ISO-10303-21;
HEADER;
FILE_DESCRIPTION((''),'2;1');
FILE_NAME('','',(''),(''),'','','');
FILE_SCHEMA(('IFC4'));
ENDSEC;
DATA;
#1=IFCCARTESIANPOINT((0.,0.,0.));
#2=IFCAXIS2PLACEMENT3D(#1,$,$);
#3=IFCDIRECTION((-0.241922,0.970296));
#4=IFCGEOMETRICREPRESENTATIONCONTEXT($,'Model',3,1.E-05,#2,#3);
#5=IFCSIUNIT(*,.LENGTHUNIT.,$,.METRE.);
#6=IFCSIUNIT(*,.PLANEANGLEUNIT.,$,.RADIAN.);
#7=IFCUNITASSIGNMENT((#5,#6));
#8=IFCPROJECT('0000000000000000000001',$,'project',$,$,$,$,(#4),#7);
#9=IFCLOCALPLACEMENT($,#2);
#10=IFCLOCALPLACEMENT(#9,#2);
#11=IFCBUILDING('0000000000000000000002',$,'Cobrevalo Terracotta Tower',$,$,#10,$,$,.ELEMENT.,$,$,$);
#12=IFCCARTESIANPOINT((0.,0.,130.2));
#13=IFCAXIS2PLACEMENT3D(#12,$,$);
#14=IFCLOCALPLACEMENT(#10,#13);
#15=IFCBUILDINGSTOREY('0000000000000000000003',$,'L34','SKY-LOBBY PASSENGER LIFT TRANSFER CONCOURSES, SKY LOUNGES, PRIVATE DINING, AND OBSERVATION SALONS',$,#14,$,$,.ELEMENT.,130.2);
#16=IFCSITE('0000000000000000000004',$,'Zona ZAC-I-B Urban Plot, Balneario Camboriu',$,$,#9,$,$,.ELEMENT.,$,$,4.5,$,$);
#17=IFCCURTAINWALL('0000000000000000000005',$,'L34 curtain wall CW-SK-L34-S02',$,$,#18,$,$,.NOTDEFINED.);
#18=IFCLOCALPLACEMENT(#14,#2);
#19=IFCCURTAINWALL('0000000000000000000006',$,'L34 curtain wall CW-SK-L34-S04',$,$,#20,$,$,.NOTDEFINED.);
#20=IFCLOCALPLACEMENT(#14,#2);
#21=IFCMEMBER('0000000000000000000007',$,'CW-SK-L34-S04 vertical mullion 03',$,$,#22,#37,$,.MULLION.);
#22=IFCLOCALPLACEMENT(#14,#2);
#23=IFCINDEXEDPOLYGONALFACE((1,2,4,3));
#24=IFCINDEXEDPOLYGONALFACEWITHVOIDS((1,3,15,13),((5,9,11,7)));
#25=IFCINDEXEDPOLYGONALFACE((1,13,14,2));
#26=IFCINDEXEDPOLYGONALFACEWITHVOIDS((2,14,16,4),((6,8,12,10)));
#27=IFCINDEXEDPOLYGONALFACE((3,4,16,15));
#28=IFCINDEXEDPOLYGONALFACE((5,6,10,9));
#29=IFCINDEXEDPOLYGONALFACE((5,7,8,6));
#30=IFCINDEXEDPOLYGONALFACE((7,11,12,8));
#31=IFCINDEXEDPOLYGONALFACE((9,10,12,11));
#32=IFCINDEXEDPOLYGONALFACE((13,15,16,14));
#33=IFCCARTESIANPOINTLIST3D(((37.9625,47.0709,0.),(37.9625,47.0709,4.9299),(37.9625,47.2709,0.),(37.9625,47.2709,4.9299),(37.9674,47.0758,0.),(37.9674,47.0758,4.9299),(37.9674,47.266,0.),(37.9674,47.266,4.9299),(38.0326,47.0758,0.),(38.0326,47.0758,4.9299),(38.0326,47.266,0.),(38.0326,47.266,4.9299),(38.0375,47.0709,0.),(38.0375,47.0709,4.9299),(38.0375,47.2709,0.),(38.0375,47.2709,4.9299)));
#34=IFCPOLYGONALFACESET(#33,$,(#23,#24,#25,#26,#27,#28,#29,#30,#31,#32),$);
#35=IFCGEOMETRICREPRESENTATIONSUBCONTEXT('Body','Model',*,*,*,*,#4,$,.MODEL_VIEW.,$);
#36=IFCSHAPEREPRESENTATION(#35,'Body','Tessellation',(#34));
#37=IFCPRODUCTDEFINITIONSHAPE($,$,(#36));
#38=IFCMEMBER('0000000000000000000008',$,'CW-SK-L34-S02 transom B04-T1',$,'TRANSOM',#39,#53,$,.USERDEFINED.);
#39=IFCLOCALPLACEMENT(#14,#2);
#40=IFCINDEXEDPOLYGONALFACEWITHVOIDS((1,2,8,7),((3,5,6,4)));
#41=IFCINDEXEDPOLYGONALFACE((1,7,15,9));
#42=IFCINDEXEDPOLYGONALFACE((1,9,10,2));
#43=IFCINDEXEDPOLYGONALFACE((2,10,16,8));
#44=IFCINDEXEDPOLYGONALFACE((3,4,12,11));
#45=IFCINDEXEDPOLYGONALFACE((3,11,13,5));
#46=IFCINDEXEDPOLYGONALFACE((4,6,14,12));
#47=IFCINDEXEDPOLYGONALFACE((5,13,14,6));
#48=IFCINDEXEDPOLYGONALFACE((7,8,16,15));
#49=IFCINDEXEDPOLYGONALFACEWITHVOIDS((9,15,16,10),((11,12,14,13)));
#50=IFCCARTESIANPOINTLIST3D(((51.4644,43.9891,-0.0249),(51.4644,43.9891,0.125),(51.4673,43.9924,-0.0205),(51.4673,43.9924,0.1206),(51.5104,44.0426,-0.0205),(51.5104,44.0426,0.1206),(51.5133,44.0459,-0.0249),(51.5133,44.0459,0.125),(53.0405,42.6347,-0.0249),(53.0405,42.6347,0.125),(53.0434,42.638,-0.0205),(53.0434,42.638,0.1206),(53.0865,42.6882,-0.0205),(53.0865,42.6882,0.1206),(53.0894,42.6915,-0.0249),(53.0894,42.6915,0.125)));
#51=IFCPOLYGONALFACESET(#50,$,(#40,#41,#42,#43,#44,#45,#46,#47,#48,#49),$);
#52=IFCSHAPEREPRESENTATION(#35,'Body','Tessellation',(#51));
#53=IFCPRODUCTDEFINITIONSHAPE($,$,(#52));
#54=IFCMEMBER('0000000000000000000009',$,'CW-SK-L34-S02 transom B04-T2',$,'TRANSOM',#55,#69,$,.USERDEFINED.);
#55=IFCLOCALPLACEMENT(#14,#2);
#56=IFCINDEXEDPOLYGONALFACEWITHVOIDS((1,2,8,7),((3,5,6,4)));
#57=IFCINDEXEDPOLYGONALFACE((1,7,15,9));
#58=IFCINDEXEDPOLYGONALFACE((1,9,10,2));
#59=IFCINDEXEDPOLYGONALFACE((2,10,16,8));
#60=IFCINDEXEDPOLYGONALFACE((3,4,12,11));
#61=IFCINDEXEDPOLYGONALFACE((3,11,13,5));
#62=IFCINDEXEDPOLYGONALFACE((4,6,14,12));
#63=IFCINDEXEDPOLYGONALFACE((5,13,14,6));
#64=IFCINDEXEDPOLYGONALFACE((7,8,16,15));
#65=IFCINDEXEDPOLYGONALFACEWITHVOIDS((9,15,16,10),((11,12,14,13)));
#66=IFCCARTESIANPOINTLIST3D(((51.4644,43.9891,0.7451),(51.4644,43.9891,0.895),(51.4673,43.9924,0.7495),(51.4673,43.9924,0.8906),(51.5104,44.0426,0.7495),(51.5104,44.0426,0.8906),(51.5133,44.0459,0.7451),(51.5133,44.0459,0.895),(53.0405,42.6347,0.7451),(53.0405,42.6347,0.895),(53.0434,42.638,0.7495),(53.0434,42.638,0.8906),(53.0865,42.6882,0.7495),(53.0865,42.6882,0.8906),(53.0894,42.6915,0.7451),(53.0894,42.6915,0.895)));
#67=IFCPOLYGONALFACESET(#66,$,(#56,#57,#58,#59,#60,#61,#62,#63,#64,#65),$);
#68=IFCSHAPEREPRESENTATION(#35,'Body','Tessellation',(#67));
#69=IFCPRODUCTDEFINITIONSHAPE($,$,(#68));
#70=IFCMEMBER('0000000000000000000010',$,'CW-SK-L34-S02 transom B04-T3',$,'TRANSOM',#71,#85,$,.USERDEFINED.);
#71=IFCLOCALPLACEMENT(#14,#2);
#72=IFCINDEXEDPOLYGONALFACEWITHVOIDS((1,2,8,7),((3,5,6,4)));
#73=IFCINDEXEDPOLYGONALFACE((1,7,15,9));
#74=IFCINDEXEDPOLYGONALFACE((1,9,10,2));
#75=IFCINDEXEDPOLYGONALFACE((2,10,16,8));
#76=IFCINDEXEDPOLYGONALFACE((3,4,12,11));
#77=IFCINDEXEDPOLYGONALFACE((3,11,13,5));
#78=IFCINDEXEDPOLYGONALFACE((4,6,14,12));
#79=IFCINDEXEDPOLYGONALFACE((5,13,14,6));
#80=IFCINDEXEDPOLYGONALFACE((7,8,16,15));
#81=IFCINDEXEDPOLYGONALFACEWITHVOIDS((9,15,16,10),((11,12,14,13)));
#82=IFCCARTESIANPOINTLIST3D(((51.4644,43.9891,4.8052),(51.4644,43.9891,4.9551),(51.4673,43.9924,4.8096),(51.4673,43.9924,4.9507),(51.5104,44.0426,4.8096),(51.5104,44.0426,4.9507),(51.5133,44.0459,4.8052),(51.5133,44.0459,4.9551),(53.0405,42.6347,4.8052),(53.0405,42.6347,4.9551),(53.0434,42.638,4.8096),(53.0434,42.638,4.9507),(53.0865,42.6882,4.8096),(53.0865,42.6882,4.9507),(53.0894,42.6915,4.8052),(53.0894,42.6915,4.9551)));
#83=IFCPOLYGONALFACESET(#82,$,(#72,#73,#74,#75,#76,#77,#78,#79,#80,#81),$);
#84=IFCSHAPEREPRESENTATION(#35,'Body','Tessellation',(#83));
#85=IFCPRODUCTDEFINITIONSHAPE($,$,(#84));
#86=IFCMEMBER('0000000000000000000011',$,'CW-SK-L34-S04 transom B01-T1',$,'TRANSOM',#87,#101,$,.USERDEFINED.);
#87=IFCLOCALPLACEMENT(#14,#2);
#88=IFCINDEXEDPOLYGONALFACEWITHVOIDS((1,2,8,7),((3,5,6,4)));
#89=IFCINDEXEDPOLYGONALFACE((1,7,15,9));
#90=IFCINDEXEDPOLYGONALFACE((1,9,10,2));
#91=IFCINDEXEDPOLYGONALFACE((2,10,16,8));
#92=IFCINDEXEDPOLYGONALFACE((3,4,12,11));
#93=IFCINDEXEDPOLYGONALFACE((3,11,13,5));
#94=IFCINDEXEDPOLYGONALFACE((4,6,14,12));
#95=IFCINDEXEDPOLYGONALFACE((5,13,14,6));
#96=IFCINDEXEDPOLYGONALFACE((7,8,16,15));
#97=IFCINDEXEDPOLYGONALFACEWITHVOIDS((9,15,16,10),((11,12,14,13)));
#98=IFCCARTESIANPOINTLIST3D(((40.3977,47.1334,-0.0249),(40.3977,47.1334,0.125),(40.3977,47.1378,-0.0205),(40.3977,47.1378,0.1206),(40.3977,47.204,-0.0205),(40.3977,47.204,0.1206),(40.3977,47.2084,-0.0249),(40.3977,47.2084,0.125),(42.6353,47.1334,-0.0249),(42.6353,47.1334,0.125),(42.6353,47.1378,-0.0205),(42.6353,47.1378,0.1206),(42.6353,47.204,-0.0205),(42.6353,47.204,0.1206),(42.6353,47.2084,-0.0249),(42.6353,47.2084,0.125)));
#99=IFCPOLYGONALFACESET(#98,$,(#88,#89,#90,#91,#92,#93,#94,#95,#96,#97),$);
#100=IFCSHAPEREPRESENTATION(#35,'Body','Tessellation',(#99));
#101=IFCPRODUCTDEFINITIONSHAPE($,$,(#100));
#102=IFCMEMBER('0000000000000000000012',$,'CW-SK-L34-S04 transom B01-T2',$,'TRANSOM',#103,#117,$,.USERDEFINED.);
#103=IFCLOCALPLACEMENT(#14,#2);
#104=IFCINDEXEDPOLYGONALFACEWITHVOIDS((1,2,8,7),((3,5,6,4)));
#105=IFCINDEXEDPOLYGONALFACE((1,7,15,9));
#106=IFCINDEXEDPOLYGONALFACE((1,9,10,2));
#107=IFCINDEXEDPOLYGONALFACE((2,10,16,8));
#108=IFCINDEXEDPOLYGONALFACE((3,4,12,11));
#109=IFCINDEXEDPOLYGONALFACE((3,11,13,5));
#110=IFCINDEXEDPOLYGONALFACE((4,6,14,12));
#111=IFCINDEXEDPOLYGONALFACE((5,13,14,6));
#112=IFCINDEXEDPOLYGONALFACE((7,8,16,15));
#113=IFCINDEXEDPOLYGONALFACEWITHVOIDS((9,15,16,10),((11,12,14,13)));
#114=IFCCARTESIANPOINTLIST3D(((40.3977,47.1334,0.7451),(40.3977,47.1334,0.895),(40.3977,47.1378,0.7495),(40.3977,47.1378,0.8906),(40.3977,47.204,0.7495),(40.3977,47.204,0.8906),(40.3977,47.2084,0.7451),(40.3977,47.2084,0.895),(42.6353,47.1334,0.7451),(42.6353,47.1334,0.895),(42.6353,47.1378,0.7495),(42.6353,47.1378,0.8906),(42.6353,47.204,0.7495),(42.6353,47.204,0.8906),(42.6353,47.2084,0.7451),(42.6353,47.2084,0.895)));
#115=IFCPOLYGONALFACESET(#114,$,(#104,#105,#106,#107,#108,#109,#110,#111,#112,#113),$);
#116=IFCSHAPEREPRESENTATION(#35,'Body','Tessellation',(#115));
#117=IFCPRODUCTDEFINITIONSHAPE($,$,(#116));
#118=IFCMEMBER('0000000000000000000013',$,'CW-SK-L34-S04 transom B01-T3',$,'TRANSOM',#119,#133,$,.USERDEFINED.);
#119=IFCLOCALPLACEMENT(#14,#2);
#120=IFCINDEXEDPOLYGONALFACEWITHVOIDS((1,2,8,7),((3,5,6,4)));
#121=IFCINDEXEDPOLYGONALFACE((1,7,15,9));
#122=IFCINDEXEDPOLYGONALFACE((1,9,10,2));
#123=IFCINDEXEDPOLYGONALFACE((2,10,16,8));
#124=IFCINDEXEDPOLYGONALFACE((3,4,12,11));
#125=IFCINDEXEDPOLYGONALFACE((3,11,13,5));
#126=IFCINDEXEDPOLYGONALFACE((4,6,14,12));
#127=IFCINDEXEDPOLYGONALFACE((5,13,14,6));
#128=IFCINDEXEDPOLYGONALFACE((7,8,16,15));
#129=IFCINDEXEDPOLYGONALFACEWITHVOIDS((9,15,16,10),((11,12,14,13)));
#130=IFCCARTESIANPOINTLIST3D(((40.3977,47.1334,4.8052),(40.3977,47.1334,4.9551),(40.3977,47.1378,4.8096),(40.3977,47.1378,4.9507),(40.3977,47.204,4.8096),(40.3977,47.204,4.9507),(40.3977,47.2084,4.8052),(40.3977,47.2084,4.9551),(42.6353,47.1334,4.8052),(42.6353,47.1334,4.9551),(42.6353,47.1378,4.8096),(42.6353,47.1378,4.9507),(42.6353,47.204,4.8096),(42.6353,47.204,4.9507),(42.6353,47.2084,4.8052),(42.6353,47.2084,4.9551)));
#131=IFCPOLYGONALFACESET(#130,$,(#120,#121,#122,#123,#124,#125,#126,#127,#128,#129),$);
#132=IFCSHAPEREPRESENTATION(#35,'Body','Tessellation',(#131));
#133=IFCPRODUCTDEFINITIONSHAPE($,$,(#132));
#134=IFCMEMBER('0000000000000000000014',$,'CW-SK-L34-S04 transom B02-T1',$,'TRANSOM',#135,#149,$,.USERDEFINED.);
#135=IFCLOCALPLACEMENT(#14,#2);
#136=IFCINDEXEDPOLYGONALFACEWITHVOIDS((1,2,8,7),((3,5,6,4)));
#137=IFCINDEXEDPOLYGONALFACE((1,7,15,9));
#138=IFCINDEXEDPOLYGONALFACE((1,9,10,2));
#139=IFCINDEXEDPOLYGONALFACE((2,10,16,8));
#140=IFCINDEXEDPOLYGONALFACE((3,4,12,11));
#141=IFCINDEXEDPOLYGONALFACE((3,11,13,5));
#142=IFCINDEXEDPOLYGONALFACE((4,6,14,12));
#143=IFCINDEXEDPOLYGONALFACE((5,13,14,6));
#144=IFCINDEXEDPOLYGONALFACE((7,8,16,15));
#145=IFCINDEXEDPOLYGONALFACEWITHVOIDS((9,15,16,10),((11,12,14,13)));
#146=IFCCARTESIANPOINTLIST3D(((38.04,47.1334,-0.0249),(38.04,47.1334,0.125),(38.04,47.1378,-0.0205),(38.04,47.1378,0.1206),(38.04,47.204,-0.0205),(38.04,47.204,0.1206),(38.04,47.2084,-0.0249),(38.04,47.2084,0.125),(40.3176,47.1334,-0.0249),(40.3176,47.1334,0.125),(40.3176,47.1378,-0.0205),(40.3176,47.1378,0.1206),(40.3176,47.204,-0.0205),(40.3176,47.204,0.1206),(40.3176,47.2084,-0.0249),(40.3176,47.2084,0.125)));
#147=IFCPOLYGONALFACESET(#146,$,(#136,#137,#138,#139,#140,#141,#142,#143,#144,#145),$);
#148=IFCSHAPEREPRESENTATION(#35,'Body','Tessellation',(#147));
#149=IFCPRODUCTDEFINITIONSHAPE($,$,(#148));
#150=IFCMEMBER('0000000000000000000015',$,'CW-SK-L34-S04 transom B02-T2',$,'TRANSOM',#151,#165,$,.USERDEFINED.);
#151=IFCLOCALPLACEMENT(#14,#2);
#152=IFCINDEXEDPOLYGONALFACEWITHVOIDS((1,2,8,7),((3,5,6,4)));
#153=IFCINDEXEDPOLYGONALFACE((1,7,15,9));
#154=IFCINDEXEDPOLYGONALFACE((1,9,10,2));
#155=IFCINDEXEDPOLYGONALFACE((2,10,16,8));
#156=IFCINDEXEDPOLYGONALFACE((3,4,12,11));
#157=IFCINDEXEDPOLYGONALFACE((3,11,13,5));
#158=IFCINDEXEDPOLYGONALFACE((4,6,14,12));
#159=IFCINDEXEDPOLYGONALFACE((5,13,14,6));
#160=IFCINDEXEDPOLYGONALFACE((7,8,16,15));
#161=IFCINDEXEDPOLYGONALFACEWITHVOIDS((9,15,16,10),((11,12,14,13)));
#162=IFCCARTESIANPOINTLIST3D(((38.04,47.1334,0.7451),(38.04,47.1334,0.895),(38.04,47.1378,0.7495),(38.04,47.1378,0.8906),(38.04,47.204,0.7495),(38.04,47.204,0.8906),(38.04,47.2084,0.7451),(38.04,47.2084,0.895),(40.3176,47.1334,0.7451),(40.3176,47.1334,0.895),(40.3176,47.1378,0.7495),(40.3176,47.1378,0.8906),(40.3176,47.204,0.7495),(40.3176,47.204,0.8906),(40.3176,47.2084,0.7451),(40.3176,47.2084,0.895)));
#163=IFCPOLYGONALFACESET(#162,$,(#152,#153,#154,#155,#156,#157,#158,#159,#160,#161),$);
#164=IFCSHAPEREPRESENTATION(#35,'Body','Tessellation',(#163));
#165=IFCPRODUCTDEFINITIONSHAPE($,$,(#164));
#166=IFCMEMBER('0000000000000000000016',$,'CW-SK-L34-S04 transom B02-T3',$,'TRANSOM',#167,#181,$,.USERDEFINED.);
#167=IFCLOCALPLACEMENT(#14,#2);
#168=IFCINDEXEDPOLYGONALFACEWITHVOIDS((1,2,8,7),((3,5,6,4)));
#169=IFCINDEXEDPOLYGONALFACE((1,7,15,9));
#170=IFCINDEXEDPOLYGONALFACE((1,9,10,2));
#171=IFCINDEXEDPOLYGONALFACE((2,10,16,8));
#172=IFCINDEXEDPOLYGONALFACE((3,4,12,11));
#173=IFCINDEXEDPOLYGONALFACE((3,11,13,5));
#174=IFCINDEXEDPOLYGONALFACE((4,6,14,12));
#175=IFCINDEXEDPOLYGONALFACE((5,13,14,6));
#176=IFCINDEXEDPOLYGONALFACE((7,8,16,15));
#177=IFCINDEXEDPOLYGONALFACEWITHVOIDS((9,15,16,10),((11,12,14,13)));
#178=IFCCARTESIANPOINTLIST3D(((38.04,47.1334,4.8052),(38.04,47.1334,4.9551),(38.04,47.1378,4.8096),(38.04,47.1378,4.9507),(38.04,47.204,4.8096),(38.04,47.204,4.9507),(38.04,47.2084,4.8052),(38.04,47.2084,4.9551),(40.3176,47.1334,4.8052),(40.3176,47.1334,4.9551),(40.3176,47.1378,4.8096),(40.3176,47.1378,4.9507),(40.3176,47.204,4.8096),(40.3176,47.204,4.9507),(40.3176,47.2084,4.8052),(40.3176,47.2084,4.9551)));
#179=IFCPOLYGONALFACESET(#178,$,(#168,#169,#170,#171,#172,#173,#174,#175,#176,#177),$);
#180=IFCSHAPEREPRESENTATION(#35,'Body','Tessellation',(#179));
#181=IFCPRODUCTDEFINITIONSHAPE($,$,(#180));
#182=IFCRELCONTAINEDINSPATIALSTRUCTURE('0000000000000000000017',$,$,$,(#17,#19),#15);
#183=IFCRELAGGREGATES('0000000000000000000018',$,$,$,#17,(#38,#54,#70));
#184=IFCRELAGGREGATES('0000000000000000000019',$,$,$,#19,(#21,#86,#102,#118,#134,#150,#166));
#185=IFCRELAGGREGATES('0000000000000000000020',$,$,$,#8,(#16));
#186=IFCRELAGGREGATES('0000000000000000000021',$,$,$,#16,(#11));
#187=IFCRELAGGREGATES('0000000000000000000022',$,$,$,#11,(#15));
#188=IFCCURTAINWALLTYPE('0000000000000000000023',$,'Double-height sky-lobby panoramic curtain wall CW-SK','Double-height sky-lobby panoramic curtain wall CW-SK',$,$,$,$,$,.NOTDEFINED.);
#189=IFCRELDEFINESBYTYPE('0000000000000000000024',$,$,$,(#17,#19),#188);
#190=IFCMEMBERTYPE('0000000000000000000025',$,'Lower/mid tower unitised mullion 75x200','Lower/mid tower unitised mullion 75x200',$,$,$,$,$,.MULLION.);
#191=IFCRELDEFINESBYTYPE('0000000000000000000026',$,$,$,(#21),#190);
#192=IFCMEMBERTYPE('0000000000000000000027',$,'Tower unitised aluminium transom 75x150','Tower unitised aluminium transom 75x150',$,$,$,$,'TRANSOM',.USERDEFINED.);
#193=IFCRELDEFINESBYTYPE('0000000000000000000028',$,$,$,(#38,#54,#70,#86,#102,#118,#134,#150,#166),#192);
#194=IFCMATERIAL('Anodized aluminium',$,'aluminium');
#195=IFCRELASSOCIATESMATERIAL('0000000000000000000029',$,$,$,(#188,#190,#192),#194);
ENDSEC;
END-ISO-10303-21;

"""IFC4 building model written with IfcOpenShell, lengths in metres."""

from ifc_helpers import new_model, si_unit, direction, frame, origin, origin_2d, place, context, subcontext, project, spatial, hollow_rectangle, extrude, source, transform, mapped, material, material_profile, profile_set, type_object, element, aggregate, save


model = new_model("IFC4")

# Units and contexts
model_context = context("Model", 3, precision=1e-05, world=origin(), true_north=direction((-0.241922, 0.970296)))
body_context = subcontext(model_context, "Body", "Model", "MODEL_VIEW")
ifc_project = project(units=[si_unit("LENGTHUNIT", "METRE"), si_unit("PLANEANGLEUNIT", "RADIAN")], contexts=[model_context])

# Site, building, storey
site_placement = place(None, origin())
site = spatial("IfcSite", under=ifc_project, at=site_placement, Name="Zona ZAC-I-B Urban Plot, Balneario Camboriu", CompositionType="ELEMENT", RefElevation=4.5)
building_placement = place(site_placement, origin())
building = spatial("IfcBuilding", under=site, at=building_placement, Name="Cobrevalo Terracotta Tower", CompositionType="ELEMENT")
storey_placement = place(building_placement, frame((0.0, 0.0, 130.2)))
storey = spatial("IfcBuildingStorey", under=building, at=storey_placement, Name="L34", Description="SKY-LOBBY PASSENGER LIFT TRANSFER CONCOURSES, SKY LOUNGES, PRIVATE DINING, AND OBSERVATION SALONS", CompositionType="ELEMENT", Elevation=130.2)

# Curtain wall
ifc_material_1 = material(Name="Anodized aluminium", Category="aluminium")
curtain_wall_type = type_object("IfcCurtainWallType", Name="Double-height sky-lobby panoramic curtain wall CW-SK", Description="Double-height sky-lobby panoramic curtain wall CW-SK", PredefinedType="NOTDEFINED", material=ifc_material_1)
curtain_wall_1_placement = place(storey_placement, origin())
curtain_wall_1 = element("IfcCurtainWall", 1, at=curtain_wall_1_placement, inside=storey, type_object=curtain_wall_type, Name="L34 curtain wall CW-SK-L34-S02", PredefinedType="NOTDEFINED")
ifc_material_profile_1 = material_profile(ifc_material_1, hollow_rectangle(XDim=0.075, YDim=0.2, WallThickness=0.0049, at=origin_2d()), Name="CWM 75x200")
ifc_profile_set_1 = profile_set([ifc_material_profile_1], Name="Anodized aluminium")
member_type_1 = type_object("IfcMemberType", Name="Lower/mid tower unitised mullion 75x200", Description="Lower/mid tower unitised mullion 75x200", PredefinedType="MULLION", material=ifc_profile_set_1)
shared_shape_1 = source(origin(), body_context, "Body", "SweptSolid", [
    extrude(hollow_rectangle(XDim=0.075, YDim=0.2, WallThickness=0.0049, at=origin_2d()), origin(), (0.0, 0.0, 1.0), 4.9299),
])

# Curtain wall, member
curtain_wall_2_placement = place(storey_placement, origin())
curtain_wall_2 = element("IfcCurtainWall", 2, at=curtain_wall_2_placement, inside=storey, type_object=curtain_wall_type, Name="L34 curtain wall CW-SK-L34-S04", PredefinedType="NOTDEFINED")
member_1_placement = place(storey_placement, frame((38.0, 47.1709, 0.0), z_axis=(0.0, 0.0, 1.0), x_axis=(-1.0, 0.0, 0.0)))
member_1 = element("IfcMember", 3, at=member_1_placement, type_object=member_type_1, Name="CW-SK-L34-S04 vertical mullion 03", PredefinedType="MULLION", context=body_context, shape_type="MappedRepresentation", body=[
    mapped(shared_shape_1, transform((0.0, 0.0, 0.0), scale=1.0)),
])

# Members
ifc_material_profile_2 = material_profile(ifc_material_1, hollow_rectangle(XDim=0.075, YDim=0.1499, WallThickness=0.0044, at=origin_2d()), Name="CWT 75x150")
ifc_profile_set_2 = profile_set([ifc_material_profile_2], Name="Anodized aluminium")
member_type_2 = type_object("IfcMemberType", Name="Tower unitised aluminium transom 75x150", Description="Tower unitised aluminium transom 75x150", ElementType="TRANSOM", PredefinedType="USERDEFINED", material=ifc_profile_set_2)
shared_shape_2 = source(origin(), body_context, "Body", "SweptSolid", [
    extrude(hollow_rectangle(XDim=0.075, YDim=0.1499, WallThickness=0.0044, at=origin_2d()), origin(), (0.0, 0.0, 1.0), 2.0781),
])
member_2_placement = place(storey_placement, frame((53.0649, 42.6631, 0.05), z_axis=(-0.758427, 0.651758, 0.0), x_axis=(-0.651758, -0.758427, 0.0)))
member_2 = element("IfcMember", 4, at=member_2_placement, type_object=member_type_2, Name="CW-SK-L34-S02 transom B04-T1", ObjectType="TRANSOM", PredefinedType="USERDEFINED", context=body_context, shape_type="MappedRepresentation", body=[
    mapped(shared_shape_2, transform((0.0, 0.0, 0.0), scale=1.0)),
])
member_3_placement = place(storey_placement, frame((53.0649, 42.6631, 0.8201), z_axis=(-0.758427, 0.651758, 0.0), x_axis=(-0.651758, -0.758427, 0.0)))
member_3 = element("IfcMember", 5, at=member_3_placement, type_object=member_type_2, Name="CW-SK-L34-S02 transom B04-T2", ObjectType="TRANSOM", PredefinedType="USERDEFINED", context=body_context, shape_type="MappedRepresentation", body=[
    mapped(shared_shape_2, transform((0.0, 0.0, 0.0), scale=1.0)),
])
member_4_placement = place(storey_placement, frame((53.0649, 42.6631, 4.8801), z_axis=(-0.758427, 0.651758, 0.0), x_axis=(-0.651758, -0.758427, 0.0)))
member_4 = element("IfcMember", 6, at=member_4_placement, type_object=member_type_2, Name="CW-SK-L34-S02 transom B04-T3", ObjectType="TRANSOM", PredefinedType="USERDEFINED", context=body_context, shape_type="MappedRepresentation", body=[
    mapped(shared_shape_2, transform((0.0, 0.0, 0.0), scale=1.0)),
])
shared_shape_3 = source(origin(), body_context, "Body", "SweptSolid", [
    extrude(hollow_rectangle(XDim=0.075, YDim=0.1499, WallThickness=0.0044, at=origin_2d()), origin(), (0.0, 0.0, 1.0), 2.2375),
])
member_5_placement = place(storey_placement, frame((42.6353, 47.1709, 0.05), z_axis=(-1.0, 0.0, 0.0), x_axis=(0.0, -1.0, 0.0)))
member_5 = element("IfcMember", 7, at=member_5_placement, type_object=member_type_2, Name="CW-SK-L34-S04 transom B01-T1", ObjectType="TRANSOM", PredefinedType="USERDEFINED", context=body_context, shape_type="MappedRepresentation", body=[
    mapped(shared_shape_3, transform((0.0, 0.0, 0.0), scale=1.0)),
])
member_6_placement = place(storey_placement, frame((42.6353, 47.1709, 0.8201), z_axis=(-1.0, 0.0, 0.0), x_axis=(0.0, -1.0, 0.0)))
member_6 = element("IfcMember", 8, at=member_6_placement, type_object=member_type_2, Name="CW-SK-L34-S04 transom B01-T2", ObjectType="TRANSOM", PredefinedType="USERDEFINED", context=body_context, shape_type="MappedRepresentation", body=[
    mapped(shared_shape_3, transform((0.0, 0.0, 0.0), scale=1.0)),
])
member_7_placement = place(storey_placement, frame((42.6353, 47.1709, 4.8801), z_axis=(-1.0, 0.0, 0.0), x_axis=(0.0, -1.0, 0.0)))
member_7 = element("IfcMember", 9, at=member_7_placement, type_object=member_type_2, Name="CW-SK-L34-S04 transom B01-T3", ObjectType="TRANSOM", PredefinedType="USERDEFINED", context=body_context, shape_type="MappedRepresentation", body=[
    mapped(shared_shape_3, transform((0.0, 0.0, 0.0), scale=1.0)),
])
shared_shape_4 = source(origin(), body_context, "Body", "SweptSolid", [
    extrude(hollow_rectangle(XDim=0.075, YDim=0.1499, WallThickness=0.0044, at=origin_2d()), origin(), (0.0, 0.0, 1.0), 2.2776),
])
member_8_placement = place(storey_placement, frame((40.3176, 47.1709, 0.05), z_axis=(-1.0, 0.0, 0.0), x_axis=(0.0, -1.0, 0.0)))
member_8 = element("IfcMember", 10, at=member_8_placement, type_object=member_type_2, Name="CW-SK-L34-S04 transom B02-T1", ObjectType="TRANSOM", PredefinedType="USERDEFINED", context=body_context, shape_type="MappedRepresentation", body=[
    mapped(shared_shape_4, transform((0.0, 0.0, 0.0), scale=1.0)),
])
member_9_placement = place(storey_placement, frame((40.3176, 47.1709, 0.8201), z_axis=(-1.0, 0.0, 0.0), x_axis=(0.0, -1.0, 0.0)))
member_9 = element("IfcMember", 11, at=member_9_placement, type_object=member_type_2, Name="CW-SK-L34-S04 transom B02-T2", ObjectType="TRANSOM", PredefinedType="USERDEFINED", context=body_context, shape_type="MappedRepresentation", body=[
    mapped(shared_shape_4, transform((0.0, 0.0, 0.0), scale=1.0)),
])
member_10_placement = place(storey_placement, frame((40.3176, 47.1709, 4.8801), z_axis=(-1.0, 0.0, 0.0), x_axis=(0.0, -1.0, 0.0)))
member_10 = element("IfcMember", 12, at=member_10_placement, type_object=member_type_2, Name="CW-SK-L34-S04 transom B02-T3", ObjectType="TRANSOM", PredefinedType="USERDEFINED", context=body_context, shape_type="MappedRepresentation", body=[
    mapped(shared_shape_4, transform((0.0, 0.0, 0.0), scale=1.0)),
])

aggregate(curtain_wall_1, [member_2, member_3, member_4])
aggregate(curtain_wall_2, [member_1, member_5, member_6, member_7, member_8, member_9, member_10])

save(model, "model.ifc")
